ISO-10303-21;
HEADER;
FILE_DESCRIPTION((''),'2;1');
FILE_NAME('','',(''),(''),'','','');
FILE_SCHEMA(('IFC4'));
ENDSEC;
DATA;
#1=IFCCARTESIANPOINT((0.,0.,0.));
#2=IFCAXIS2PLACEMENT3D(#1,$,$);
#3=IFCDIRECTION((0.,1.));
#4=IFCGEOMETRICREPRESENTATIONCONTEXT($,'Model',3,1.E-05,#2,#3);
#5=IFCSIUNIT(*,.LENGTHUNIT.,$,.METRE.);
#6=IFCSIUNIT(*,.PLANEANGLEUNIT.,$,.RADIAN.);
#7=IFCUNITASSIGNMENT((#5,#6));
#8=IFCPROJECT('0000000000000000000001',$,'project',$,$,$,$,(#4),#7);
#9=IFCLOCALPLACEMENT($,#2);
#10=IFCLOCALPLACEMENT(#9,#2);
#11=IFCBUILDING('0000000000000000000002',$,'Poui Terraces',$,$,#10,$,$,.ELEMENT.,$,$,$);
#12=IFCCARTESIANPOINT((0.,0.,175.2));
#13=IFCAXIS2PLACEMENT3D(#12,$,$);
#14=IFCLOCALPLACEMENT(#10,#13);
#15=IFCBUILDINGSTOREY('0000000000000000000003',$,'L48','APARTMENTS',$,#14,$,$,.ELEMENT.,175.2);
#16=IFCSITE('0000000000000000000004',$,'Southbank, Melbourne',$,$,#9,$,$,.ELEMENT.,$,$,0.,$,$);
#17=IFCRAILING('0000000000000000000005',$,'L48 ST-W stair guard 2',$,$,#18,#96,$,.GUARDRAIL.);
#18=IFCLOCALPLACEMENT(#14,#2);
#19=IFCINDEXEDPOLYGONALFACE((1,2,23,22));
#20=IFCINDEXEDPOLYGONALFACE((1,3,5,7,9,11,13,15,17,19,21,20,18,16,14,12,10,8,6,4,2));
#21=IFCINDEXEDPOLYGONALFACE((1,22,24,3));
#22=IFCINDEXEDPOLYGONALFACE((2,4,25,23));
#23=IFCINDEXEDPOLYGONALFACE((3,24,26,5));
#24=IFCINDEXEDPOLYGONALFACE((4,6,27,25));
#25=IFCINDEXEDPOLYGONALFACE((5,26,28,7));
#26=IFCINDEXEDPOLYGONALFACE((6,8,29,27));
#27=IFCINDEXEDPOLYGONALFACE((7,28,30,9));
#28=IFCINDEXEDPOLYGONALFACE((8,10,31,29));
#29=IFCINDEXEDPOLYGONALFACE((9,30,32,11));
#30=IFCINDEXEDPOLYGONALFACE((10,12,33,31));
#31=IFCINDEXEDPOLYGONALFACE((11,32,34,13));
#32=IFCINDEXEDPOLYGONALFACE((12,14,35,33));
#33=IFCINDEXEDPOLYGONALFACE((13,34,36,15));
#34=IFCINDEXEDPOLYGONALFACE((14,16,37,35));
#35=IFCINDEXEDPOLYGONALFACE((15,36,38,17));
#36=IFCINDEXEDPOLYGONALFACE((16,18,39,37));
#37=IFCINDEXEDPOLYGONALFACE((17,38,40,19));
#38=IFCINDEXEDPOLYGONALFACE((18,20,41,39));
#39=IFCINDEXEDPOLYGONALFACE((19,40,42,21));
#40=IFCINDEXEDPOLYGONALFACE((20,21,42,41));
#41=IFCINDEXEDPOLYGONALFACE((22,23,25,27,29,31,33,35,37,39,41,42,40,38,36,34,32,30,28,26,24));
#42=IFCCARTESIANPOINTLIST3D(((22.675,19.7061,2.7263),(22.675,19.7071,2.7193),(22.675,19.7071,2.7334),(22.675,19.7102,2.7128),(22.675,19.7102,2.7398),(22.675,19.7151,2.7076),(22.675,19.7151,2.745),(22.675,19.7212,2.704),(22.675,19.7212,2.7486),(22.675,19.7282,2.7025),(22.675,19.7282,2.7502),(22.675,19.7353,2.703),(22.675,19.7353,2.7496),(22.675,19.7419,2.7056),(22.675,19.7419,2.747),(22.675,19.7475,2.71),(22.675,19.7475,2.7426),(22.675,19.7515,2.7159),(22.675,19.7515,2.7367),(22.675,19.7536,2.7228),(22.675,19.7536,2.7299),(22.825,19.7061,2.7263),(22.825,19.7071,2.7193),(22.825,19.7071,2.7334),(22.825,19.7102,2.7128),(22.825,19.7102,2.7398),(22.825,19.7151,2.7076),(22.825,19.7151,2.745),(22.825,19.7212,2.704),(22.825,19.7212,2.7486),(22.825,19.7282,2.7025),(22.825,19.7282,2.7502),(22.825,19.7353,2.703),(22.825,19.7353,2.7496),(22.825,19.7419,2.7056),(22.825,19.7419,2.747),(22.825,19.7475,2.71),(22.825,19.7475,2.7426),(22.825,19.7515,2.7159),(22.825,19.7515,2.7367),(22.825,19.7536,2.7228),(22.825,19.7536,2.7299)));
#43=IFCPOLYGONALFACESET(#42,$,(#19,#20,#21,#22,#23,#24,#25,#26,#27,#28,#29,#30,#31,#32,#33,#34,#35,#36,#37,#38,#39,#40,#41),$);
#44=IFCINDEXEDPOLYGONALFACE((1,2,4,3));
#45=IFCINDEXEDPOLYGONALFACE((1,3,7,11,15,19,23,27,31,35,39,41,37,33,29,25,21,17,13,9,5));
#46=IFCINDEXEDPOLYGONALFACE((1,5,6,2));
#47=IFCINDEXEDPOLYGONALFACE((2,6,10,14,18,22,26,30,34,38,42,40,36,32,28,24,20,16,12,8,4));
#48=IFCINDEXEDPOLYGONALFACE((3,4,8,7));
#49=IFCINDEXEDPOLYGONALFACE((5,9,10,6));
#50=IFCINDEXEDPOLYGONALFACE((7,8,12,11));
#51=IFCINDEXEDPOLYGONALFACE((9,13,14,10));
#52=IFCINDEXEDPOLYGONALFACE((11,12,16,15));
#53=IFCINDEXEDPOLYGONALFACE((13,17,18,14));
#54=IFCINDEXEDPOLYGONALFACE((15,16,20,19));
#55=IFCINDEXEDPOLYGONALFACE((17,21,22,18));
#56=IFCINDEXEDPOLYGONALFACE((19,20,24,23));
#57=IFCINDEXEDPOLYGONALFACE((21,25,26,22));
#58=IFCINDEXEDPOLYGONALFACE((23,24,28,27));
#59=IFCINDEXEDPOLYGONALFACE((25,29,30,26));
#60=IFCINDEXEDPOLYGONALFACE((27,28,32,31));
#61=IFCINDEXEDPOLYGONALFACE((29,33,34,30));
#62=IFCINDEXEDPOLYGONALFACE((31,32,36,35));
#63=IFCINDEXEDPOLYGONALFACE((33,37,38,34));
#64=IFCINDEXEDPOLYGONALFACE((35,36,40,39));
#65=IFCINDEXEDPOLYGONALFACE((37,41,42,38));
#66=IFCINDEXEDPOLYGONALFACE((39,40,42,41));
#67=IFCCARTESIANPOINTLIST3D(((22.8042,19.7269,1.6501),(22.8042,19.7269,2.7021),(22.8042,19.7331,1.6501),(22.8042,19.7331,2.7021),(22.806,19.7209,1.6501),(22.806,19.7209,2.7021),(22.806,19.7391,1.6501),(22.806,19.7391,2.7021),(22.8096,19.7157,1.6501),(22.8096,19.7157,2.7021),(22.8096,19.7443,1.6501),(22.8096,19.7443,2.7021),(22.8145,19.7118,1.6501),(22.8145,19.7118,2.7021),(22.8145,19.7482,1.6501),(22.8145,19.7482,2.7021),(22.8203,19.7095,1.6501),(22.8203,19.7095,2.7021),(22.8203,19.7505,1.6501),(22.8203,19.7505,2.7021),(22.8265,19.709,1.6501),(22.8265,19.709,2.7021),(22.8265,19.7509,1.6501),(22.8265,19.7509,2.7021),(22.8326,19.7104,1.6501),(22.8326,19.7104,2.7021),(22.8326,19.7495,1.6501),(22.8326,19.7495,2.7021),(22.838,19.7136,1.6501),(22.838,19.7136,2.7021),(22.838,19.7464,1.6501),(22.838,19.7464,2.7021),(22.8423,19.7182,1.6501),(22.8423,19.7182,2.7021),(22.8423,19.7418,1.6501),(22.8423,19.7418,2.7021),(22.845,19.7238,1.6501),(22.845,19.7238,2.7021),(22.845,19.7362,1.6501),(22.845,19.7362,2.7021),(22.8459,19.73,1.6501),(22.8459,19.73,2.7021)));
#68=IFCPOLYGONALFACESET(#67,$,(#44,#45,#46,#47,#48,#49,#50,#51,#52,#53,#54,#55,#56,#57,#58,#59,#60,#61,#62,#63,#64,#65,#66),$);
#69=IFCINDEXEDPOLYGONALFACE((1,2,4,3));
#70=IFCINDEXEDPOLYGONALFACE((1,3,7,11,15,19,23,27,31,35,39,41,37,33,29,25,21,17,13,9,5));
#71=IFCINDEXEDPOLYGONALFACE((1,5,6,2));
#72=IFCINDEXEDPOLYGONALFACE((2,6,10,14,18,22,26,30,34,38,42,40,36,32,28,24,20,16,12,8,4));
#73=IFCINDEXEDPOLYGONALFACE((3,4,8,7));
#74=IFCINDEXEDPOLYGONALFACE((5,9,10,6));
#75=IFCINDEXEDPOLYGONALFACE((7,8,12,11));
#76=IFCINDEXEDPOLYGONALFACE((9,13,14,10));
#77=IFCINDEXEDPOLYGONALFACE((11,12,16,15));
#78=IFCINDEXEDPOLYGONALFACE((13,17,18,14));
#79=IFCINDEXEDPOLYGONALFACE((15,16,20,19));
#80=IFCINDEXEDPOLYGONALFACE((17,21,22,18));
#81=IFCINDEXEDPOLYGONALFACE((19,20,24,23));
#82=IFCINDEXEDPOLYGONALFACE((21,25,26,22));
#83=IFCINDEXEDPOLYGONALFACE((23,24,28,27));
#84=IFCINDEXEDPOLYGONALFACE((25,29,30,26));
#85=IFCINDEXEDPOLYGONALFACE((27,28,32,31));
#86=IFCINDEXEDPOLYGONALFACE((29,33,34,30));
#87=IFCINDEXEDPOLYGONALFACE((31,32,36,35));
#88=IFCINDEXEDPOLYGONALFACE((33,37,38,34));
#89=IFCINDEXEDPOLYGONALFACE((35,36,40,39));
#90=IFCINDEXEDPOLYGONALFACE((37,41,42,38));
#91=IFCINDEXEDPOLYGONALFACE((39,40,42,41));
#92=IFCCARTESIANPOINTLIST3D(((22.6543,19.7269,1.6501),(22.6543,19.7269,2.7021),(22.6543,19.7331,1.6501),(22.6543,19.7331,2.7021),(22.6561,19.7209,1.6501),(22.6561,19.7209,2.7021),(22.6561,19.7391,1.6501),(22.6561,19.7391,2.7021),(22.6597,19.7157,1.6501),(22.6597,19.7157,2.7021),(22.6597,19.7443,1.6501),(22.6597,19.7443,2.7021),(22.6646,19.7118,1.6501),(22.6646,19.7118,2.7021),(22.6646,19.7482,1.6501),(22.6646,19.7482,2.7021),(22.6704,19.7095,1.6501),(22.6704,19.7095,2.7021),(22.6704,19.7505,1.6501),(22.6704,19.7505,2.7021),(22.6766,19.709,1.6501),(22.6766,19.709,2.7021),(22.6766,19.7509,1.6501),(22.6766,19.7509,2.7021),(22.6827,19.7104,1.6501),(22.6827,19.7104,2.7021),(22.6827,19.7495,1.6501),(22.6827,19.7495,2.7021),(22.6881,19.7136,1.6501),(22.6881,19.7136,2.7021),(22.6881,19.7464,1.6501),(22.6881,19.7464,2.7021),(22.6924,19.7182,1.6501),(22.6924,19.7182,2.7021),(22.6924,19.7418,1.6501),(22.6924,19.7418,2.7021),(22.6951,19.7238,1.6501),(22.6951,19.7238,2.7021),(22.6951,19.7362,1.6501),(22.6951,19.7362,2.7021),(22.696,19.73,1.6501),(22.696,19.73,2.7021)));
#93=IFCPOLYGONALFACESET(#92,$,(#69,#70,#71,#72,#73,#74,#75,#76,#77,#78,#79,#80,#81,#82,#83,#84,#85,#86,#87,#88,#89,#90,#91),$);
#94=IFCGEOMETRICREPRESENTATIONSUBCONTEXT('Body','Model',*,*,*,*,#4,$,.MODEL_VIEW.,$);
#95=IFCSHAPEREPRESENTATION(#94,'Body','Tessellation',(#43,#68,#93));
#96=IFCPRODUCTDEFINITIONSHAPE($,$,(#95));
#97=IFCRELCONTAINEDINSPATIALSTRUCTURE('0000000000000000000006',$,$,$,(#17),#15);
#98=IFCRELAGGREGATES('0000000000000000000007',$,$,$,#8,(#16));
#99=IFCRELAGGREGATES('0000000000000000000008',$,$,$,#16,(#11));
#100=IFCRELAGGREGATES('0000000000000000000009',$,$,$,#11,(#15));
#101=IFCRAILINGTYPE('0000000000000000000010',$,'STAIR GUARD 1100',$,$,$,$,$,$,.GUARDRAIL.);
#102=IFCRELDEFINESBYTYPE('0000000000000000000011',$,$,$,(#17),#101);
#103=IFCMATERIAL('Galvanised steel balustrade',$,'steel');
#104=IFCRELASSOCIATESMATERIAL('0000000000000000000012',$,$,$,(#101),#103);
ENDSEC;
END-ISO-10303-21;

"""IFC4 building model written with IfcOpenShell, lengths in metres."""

from ifc_helpers import new_model, si_unit, direction, frame, origin, origin_2d, place, context, subcontext, project, spatial, circle, extrude, material, type_object, element, save


model = new_model("IFC4")

# Units and contexts
model_context = context("Model", 3, precision=1e-05, world=origin(), true_north=direction((0.0, 1.0)))
body_context = subcontext(model_context, "Body", "Model", "MODEL_VIEW")
ifc_project = project(units=[si_unit("LENGTHUNIT", "METRE"), si_unit("PLANEANGLEUNIT", "RADIAN")], contexts=[model_context])

# Site, building, storey
site_placement = place(None, origin())
site = spatial("IfcSite", under=ifc_project, at=site_placement, Name="Southbank, Melbourne", CompositionType="ELEMENT", RefElevation=0.0)
building_placement = place(site_placement, origin())
building = spatial("IfcBuilding", under=site, at=building_placement, Name="Poui Terraces", CompositionType="ELEMENT")
storey_placement = place(building_placement, frame((0.0, 0.0, 175.2)))
storey = spatial("IfcBuildingStorey", under=building, at=storey_placement, Name="L48", Description="APARTMENTS", CompositionType="ELEMENT", Elevation=175.2)

# Railing
ifc_material_1 = material(Name="Galvanised steel balustrade", Category="steel")
railing_type_1 = type_object("IfcRailingType", Name="STAIR GUARD 1100", PredefinedType="GUARDRAIL", material=ifc_material_1)
railing_1_placement = place(storey_placement, frame((22.825, 19.73, 1.6501)))
element("IfcRailing", 1, at=railing_1_placement, inside=storey, type_object=railing_type_1, Name="L48 ST-W stair guard 2", PredefinedType="GUARDRAIL", context=body_context, shape_type="SweptSolid", body=[
    extrude(circle(Radius=0.0239, at=origin_2d()), frame((0.0, 0.0, 1.0762), z_axis=(-1.0, 0.0, 0.0), x_axis=(0.0, -1.0, 0.0)), (0.0, 0.0, 1.0), 0.1499),
    extrude(circle(Radius=0.021, at=origin_2d()), origin(), (0.0, 0.0, 1.0), 1.052),
    extrude(circle(Radius=0.021, at=origin_2d()), frame((-0.1499, 0.0, 0.0)), (0.0, 0.0, 1.0), 1.052),
])

save(model, "model.ifc")
